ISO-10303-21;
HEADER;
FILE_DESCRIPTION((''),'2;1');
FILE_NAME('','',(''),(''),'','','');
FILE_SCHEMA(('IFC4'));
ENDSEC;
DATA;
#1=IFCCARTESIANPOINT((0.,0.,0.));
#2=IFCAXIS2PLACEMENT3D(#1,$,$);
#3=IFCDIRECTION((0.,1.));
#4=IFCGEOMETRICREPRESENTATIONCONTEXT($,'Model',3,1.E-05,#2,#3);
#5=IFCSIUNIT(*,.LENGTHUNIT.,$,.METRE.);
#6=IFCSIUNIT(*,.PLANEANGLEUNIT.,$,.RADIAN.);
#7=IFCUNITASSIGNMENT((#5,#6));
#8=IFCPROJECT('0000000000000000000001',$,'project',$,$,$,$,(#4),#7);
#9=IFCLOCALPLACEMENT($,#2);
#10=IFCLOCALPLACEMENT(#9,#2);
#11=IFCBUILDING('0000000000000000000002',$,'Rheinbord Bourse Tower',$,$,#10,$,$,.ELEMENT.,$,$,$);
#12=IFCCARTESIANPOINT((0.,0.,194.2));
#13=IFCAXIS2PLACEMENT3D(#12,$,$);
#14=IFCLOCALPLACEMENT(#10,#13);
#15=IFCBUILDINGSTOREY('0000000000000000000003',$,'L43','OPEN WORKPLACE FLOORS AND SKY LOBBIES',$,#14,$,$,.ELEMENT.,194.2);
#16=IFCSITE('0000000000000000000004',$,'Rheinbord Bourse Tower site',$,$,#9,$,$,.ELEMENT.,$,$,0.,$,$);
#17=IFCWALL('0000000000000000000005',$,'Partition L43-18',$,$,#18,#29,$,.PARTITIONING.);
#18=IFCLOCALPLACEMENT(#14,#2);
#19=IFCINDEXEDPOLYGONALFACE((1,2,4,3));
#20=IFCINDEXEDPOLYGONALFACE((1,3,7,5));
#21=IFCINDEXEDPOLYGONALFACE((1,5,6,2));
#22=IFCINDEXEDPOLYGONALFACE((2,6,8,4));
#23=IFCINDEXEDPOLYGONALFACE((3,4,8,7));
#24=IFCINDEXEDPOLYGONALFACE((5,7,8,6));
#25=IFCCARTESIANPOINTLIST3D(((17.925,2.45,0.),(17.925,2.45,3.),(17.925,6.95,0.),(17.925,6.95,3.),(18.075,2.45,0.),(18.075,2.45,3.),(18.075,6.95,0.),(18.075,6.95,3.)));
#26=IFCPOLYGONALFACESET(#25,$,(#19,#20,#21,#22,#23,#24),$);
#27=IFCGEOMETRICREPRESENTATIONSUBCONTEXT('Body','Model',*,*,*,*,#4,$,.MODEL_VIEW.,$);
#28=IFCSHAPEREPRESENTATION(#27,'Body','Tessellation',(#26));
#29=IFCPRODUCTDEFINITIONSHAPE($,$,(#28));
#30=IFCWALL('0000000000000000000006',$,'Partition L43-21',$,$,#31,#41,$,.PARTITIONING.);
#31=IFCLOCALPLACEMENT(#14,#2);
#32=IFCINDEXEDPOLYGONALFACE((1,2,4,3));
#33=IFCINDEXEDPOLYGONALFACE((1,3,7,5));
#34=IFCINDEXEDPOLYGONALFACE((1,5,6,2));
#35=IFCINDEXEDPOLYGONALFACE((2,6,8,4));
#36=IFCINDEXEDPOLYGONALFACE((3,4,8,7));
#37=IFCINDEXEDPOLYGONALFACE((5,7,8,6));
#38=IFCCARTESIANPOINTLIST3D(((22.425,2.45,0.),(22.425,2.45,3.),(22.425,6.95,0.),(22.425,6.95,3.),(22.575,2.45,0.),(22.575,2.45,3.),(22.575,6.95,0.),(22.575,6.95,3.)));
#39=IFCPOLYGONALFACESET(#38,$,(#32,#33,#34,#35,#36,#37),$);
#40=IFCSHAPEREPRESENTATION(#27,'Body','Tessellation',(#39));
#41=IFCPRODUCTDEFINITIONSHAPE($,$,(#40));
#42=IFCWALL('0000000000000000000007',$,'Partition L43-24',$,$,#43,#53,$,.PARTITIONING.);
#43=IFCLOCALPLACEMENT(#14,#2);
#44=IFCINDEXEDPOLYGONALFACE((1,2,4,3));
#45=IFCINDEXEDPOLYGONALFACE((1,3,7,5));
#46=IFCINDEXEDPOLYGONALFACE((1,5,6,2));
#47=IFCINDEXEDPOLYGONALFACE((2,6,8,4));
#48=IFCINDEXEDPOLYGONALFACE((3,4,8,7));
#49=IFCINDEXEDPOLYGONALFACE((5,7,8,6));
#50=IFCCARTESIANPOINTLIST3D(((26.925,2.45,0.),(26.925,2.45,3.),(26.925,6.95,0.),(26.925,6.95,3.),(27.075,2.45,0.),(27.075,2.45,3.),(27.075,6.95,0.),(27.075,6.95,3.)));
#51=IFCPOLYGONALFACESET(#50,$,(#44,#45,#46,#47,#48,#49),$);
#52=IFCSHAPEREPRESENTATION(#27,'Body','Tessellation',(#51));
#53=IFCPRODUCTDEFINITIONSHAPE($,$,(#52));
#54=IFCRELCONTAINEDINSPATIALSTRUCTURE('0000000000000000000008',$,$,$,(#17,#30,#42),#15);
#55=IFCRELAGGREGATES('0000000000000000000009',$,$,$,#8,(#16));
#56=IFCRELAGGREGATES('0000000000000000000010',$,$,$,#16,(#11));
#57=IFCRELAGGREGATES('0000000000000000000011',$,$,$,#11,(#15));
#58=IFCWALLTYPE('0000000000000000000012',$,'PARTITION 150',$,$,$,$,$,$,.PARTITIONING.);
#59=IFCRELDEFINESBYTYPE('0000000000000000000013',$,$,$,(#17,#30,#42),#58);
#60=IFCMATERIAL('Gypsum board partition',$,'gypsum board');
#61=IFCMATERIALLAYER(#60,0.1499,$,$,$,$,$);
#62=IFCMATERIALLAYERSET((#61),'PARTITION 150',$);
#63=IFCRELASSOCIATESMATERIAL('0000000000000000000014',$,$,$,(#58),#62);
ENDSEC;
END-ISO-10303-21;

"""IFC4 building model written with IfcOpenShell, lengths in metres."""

from ifc_helpers import new_model, si_unit, direction, frame, frame_2d, origin, place, context, subcontext, project, spatial, rectangle, extrude, material, layer, layer_set, type_object, element, save


model = new_model("IFC4")

# Units and contexts
model_context = context("Model", 3, precision=1e-05, world=origin(), true_north=direction((0.0, 1.0)))
body_context = subcontext(model_context, "Body", "Model", "MODEL_VIEW")
ifc_project = project(units=[si_unit("LENGTHUNIT", "METRE"), si_unit("PLANEANGLEUNIT", "RADIAN")], contexts=[model_context])

# Site, building, storey
site_placement = place(None, origin())
site = spatial("IfcSite", under=ifc_project, at=site_placement, Name="Rheinbord Bourse Tower site", CompositionType="ELEMENT", RefElevation=0.0)
building_placement = place(site_placement, origin())
building = spatial("IfcBuilding", under=site, at=building_placement, Name="Rheinbord Bourse Tower", CompositionType="ELEMENT")
storey_placement = place(building_placement, frame((0.0, 0.0, 194.2)))
storey = spatial("IfcBuildingStorey", under=building, at=storey_placement, Name="L43", Description="OPEN WORKPLACE FLOORS AND SKY LOBBIES", CompositionType="ELEMENT", Elevation=194.2)

# Walls
ifc_material_1 = material(Name="Gypsum board partition", Category="gypsum board")
ifc_layer_1 = layer(ifc_material_1, 0.1499)
ifc_layer_set_1 = layer_set([ifc_layer_1], Name="PARTITION 150")
wall_type = type_object("IfcWallType", Name="PARTITION 150", PredefinedType="PARTITIONING", material=ifc_layer_set_1)
for number, where, z_axis, x_axis, name in (
    (1, (18.0, 2.45, 0.0), (0.0, 0.0, 1.0), (0.0, 1.0, 0.0), "Partition L43-18"),
    (2, (22.5, 2.45, 0.0), (0.0, 0.0, 1.0), (0.0, 1.0, 0.0), "Partition L43-21"),
    (3, (27.0, 2.45, 0.0), (0.0, 0.0, 1.0), (0.0, 1.0, 0.0), "Partition L43-24"),
):
    element("IfcWall", number, at=place(storey_placement, frame(where, z_axis=z_axis, x_axis=x_axis)), inside=storey, type_object=wall_type, Name=name, PredefinedType="PARTITIONING", context=body_context, shape_type="SweptSolid", body=[
        extrude(rectangle(XDim=4.5, YDim=0.1499, at=frame_2d((2.25, 0.0))), origin(), (0.0, 0.0, 1.0), 3.0),
    ])

save(model, "model.ifc")
